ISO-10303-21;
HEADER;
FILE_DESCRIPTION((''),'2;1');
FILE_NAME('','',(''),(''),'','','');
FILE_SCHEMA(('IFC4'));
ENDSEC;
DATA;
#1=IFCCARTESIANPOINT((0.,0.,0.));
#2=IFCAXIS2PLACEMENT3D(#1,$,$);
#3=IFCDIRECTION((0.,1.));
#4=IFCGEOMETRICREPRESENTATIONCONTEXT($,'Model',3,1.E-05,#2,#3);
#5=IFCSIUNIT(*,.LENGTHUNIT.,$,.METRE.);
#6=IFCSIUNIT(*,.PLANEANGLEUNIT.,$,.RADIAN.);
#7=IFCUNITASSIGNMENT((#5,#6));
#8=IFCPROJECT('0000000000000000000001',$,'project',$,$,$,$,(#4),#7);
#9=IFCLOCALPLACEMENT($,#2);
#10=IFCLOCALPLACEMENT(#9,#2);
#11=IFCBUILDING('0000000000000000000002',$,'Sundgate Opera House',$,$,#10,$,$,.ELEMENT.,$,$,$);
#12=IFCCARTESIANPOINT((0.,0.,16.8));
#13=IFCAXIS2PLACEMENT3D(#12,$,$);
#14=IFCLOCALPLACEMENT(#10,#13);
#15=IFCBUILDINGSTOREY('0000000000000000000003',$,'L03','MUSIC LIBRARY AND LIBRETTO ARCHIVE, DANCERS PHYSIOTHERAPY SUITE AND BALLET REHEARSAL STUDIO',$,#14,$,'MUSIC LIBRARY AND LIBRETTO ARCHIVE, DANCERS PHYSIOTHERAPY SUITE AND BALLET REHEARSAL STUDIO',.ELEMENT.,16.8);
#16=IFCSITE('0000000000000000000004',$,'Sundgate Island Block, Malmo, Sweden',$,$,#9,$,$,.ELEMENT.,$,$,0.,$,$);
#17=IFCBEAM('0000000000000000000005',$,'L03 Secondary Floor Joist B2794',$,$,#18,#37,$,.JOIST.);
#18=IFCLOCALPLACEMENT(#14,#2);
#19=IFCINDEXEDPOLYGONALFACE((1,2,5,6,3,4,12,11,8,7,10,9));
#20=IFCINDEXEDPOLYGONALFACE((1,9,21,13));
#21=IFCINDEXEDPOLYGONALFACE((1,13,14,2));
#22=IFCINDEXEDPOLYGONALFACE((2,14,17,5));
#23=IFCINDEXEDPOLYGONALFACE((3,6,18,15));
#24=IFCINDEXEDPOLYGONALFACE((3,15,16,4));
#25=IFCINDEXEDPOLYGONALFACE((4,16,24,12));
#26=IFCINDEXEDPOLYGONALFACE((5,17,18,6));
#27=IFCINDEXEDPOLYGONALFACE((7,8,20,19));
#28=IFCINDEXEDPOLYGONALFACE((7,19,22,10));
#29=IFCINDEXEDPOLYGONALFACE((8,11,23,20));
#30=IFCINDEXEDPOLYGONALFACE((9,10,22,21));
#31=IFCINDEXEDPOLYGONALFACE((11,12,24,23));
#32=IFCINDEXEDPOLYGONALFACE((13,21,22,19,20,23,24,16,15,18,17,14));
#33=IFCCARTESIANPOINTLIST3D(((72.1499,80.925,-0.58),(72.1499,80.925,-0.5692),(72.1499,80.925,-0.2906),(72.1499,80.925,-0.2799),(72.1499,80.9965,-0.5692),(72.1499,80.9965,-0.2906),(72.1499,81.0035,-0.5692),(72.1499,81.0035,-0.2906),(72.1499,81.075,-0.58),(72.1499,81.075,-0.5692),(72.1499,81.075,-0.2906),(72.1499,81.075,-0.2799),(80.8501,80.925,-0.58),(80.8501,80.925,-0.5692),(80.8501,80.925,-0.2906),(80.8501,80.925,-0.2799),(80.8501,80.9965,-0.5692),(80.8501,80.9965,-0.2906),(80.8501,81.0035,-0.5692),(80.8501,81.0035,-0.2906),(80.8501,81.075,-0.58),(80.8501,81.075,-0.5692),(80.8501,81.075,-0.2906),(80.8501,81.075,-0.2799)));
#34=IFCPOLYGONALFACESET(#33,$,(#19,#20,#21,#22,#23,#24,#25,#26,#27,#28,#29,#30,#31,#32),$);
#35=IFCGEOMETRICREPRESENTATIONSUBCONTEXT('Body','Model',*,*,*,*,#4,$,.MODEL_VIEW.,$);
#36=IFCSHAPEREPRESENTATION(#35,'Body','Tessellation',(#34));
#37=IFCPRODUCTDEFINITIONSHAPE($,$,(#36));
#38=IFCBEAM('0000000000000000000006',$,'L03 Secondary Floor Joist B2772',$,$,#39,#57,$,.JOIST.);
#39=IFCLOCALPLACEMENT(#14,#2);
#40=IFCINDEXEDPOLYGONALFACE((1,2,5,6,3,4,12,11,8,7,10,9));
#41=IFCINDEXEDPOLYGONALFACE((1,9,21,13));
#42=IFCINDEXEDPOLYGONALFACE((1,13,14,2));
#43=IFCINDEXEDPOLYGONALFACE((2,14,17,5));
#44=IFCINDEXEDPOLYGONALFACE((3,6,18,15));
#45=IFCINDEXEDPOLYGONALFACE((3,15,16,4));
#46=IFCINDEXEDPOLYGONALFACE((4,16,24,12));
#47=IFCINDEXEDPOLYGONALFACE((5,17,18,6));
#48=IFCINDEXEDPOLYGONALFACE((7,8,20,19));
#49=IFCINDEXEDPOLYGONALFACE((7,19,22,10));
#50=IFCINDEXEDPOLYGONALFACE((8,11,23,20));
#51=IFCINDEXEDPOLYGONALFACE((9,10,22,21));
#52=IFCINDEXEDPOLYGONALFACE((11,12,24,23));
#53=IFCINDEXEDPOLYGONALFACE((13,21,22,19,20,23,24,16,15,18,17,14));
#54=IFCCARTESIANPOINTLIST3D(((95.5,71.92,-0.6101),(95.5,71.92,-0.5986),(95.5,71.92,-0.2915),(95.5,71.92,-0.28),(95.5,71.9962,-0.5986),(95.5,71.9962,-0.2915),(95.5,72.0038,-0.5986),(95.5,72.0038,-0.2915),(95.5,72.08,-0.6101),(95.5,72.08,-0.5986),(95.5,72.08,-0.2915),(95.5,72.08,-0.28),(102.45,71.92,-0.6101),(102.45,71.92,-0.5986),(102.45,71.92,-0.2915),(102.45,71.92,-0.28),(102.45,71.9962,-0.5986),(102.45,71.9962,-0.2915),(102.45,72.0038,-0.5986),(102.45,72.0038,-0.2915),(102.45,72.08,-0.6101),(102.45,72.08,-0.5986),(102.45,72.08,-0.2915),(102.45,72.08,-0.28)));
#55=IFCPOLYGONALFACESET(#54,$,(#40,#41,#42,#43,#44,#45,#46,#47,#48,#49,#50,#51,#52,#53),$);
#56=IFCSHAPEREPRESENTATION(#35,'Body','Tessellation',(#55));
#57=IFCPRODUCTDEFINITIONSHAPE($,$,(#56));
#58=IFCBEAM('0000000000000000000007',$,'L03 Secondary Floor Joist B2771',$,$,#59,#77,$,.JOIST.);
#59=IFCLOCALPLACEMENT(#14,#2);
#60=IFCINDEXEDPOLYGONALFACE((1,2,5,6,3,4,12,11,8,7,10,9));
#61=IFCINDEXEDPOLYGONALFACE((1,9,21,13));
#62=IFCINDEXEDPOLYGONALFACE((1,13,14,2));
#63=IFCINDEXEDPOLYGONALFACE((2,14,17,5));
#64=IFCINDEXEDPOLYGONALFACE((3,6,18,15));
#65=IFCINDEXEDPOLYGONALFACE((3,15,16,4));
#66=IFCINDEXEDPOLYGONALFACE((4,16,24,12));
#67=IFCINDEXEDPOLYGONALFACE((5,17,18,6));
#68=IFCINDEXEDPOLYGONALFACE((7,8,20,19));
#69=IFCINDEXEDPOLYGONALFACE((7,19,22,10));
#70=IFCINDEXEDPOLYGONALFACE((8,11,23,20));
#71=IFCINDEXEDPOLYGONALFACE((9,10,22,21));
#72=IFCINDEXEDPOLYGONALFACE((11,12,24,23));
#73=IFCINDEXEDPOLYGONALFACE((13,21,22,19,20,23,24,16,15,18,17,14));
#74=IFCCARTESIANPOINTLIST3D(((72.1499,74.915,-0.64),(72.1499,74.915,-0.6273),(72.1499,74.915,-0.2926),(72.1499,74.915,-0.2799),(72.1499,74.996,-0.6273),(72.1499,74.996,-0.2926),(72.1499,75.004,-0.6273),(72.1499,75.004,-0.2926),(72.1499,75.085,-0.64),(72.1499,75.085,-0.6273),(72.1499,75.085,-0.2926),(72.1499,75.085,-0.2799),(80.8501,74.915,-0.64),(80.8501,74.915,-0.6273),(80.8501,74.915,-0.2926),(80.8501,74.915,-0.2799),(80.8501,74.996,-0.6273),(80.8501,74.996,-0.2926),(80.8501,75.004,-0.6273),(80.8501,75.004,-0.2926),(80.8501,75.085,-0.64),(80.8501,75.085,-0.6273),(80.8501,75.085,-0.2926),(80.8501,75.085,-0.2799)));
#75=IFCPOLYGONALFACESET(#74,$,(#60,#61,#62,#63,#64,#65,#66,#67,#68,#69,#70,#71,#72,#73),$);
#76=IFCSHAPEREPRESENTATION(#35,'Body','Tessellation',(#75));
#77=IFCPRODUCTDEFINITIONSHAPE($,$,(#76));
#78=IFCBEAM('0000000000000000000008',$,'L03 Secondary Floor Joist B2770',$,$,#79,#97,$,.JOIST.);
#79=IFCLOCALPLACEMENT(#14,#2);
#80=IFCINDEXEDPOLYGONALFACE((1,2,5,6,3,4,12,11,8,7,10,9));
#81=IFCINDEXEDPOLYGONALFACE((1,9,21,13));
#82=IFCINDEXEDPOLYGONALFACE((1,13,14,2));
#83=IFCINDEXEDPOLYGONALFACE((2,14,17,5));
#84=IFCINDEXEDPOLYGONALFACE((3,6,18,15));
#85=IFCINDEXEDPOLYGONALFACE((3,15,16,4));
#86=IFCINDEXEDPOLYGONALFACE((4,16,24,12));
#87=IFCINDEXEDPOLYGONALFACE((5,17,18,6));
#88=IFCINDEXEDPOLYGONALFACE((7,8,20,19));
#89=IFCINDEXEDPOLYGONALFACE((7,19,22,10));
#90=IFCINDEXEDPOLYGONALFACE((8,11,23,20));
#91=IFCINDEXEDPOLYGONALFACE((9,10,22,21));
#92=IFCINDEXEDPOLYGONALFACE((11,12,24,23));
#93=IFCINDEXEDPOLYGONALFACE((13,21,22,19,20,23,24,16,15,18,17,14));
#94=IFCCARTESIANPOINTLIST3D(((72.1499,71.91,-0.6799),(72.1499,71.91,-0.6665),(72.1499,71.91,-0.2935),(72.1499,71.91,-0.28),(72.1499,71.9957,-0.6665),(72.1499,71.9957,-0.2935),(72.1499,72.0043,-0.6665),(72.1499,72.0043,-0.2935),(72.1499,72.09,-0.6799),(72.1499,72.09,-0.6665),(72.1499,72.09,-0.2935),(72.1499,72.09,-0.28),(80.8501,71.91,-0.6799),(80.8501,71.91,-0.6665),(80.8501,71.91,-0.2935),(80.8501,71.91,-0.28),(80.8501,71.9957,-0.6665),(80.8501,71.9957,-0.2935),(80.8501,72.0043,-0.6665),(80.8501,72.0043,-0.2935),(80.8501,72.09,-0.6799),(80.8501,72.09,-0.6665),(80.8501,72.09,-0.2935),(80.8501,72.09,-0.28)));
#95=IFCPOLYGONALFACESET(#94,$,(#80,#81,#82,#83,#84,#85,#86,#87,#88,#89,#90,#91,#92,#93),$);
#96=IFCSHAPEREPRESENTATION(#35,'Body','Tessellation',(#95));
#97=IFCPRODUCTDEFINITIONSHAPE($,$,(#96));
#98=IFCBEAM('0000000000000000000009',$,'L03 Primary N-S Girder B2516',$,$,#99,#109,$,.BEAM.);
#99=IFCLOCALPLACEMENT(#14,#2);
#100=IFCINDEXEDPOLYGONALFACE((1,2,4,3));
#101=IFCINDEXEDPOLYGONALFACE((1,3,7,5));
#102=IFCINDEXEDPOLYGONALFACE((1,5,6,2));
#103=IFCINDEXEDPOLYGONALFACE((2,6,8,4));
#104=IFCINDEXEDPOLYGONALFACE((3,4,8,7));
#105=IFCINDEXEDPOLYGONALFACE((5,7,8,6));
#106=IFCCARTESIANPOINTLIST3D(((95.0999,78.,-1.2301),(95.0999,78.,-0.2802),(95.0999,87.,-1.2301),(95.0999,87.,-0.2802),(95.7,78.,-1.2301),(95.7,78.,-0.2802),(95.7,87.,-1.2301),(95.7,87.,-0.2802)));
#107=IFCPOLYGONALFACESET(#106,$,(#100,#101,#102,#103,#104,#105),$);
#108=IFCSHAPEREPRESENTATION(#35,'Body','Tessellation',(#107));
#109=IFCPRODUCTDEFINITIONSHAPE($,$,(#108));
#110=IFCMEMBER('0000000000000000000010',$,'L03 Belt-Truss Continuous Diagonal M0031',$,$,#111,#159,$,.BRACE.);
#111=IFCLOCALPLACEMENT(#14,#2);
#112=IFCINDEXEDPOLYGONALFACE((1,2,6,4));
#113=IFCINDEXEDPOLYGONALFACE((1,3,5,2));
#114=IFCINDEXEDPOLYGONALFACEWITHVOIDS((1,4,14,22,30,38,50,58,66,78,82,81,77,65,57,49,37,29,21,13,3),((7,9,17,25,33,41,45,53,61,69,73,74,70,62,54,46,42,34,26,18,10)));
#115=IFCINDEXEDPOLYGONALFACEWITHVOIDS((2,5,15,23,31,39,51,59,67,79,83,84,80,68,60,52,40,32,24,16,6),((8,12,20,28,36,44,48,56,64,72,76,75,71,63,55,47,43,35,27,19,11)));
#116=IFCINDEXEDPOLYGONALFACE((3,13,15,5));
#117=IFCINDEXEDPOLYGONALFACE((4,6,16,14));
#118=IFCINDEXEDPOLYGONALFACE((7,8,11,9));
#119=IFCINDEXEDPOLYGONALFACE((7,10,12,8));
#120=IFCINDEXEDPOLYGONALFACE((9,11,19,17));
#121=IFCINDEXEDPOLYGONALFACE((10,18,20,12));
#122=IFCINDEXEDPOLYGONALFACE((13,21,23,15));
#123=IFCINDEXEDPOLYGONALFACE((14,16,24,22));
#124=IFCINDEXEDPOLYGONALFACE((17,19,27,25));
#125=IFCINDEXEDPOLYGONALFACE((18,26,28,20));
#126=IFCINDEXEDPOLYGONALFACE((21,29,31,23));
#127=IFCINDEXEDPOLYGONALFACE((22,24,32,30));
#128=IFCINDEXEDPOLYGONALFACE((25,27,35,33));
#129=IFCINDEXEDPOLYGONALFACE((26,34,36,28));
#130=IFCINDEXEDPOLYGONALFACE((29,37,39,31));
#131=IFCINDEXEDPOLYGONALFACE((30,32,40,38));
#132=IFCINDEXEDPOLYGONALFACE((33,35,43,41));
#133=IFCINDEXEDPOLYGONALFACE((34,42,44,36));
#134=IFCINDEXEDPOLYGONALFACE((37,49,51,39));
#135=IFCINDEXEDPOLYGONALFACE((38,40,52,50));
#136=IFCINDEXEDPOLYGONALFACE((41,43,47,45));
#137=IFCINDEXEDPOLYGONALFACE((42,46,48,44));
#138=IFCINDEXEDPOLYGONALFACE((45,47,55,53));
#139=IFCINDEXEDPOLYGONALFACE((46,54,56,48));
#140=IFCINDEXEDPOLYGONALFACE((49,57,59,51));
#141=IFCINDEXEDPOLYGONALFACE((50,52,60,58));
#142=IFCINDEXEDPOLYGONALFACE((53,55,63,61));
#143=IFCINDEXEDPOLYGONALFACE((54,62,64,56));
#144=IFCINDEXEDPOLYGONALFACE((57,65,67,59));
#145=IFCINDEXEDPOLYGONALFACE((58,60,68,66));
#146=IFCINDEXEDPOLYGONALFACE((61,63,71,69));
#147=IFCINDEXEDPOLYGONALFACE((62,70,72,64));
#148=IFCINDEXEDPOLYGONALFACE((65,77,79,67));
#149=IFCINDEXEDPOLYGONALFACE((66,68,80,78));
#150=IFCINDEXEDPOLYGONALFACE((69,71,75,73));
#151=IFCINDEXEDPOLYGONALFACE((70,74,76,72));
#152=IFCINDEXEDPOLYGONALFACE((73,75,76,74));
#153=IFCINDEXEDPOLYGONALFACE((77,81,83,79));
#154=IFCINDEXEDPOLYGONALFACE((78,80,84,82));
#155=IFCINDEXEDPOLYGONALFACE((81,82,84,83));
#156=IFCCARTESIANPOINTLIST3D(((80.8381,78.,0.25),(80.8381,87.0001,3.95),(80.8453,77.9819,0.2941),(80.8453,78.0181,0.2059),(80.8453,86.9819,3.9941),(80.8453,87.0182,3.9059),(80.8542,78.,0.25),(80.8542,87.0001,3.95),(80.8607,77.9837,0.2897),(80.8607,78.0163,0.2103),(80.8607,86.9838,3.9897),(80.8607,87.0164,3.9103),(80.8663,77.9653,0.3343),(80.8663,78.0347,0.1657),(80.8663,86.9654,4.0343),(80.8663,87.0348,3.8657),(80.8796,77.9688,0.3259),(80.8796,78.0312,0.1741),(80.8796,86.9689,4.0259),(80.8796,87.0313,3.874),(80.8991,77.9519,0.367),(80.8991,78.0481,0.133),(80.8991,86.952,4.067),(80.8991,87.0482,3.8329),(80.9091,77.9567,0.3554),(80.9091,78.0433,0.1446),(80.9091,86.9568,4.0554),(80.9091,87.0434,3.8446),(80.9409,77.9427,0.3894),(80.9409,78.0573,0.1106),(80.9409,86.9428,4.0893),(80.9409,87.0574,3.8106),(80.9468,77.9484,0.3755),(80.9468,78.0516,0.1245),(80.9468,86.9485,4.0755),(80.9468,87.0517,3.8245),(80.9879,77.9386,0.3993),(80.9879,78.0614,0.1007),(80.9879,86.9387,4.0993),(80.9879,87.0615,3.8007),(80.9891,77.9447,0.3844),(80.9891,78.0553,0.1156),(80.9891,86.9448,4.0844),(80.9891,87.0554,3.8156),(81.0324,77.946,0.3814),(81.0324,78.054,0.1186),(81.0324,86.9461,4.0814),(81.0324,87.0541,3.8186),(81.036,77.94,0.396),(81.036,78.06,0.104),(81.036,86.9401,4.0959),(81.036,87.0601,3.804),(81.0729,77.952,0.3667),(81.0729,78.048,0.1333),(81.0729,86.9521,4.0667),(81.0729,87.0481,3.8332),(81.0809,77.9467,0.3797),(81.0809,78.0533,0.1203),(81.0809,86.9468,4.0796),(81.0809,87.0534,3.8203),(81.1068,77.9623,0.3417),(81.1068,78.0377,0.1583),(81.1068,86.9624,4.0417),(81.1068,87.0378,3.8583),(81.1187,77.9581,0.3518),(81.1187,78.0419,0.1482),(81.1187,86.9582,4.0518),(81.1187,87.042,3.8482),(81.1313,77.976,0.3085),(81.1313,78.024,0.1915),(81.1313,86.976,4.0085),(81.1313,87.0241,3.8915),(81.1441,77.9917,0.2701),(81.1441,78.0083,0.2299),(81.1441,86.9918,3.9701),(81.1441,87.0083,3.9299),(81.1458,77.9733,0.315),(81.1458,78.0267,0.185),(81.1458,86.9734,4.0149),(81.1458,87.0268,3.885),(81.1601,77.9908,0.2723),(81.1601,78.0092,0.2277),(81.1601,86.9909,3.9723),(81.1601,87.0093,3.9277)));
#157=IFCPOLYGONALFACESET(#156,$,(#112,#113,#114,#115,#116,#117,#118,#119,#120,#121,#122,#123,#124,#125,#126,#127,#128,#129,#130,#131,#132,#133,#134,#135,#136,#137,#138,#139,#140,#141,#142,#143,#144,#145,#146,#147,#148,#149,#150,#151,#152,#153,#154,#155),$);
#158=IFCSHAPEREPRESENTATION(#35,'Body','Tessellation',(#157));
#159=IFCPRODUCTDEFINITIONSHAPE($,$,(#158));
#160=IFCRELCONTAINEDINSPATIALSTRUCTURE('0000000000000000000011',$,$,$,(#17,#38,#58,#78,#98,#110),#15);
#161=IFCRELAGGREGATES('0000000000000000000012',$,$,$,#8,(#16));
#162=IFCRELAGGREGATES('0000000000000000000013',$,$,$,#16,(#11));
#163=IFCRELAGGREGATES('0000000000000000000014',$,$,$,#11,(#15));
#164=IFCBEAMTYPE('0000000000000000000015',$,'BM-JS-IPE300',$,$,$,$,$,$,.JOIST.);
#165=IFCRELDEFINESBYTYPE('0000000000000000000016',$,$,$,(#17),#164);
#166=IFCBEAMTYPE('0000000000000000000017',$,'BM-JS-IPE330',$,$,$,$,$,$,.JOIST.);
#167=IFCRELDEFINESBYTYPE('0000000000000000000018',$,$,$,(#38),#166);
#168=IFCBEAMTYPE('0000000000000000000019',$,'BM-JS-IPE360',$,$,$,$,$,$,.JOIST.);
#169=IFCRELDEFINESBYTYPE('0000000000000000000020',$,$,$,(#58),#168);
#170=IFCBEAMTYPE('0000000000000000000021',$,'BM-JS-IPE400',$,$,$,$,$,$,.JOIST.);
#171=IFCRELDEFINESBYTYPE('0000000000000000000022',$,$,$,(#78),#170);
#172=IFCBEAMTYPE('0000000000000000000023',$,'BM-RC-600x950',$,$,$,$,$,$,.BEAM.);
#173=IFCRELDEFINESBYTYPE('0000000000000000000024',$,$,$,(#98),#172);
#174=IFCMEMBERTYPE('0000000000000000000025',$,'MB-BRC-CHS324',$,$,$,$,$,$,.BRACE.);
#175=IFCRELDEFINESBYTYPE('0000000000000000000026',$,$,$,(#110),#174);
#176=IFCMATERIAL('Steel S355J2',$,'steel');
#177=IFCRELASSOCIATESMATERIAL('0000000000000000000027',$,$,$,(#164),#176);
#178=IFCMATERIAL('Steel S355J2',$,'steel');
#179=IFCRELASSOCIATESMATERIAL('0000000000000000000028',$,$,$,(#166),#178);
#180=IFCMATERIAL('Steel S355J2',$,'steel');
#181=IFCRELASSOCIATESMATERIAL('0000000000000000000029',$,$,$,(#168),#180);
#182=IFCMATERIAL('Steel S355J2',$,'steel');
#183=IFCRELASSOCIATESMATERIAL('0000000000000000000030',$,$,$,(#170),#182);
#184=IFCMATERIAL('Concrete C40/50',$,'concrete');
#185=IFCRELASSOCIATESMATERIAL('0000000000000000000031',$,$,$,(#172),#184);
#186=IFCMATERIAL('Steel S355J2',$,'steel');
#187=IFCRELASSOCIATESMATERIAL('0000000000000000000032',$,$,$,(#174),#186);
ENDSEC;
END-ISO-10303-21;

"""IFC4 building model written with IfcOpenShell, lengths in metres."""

from ifc_helpers import new_model, si_unit, direction, frame, origin, origin_2d, place, context, subcontext, project, spatial, rectangle, hollow_circle, i_section, extrude, material, material_profile, profile_set, type_object, element, save


model = new_model("IFC4")

# Units and contexts
model_context = context("Model", 3, precision=1e-05, world=origin(), true_north=direction((0.0, 1.0)))
body_context = subcontext(model_context, "Body", "Model", "MODEL_VIEW")
ifc_project = project(units=[si_unit("LENGTHUNIT", "METRE"), si_unit("PLANEANGLEUNIT", "RADIAN")], contexts=[model_context])

# Site, building, storey
site_placement = place(None, origin())
site = spatial("IfcSite", under=ifc_project, at=site_placement, Name="Sundgate Island Block, Malmo, Sweden", CompositionType="ELEMENT", RefElevation=0.0)
building_placement = place(site_placement, origin())
building = spatial("IfcBuilding", under=site, at=building_placement, Name="Sundgate Opera House", CompositionType="ELEMENT")
storey_placement = place(building_placement, frame((0.0, 0.0, 16.8)))
storey = spatial("IfcBuildingStorey", under=building, at=storey_placement, Name="L03", Description="MUSIC LIBRARY AND LIBRETTO ARCHIVE, DANCERS PHYSIOTHERAPY SUITE AND BALLET REHEARSAL STUDIO", LongName="MUSIC LIBRARY AND LIBRETTO ARCHIVE, DANCERS PHYSIOTHERAPY SUITE AND BALLET REHEARSAL STUDIO", CompositionType="ELEMENT", Elevation=16.8)

# Beams
ifc_material_1 = material(Name="Steel S355J2", Category="steel")
ifc_material_profile_1 = material_profile(ifc_material_1, i_section(OverallWidth=0.1499, OverallDepth=0.3, WebThickness=0.0071, FlangeThickness=0.0107, at=origin_2d()), Name="IPE 300")
ifc_profile_set_1 = profile_set([ifc_material_profile_1], Name="Steel S355J2")
beam_type_1 = type_object("IfcBeamType", Name="BM-JS-IPE300", PredefinedType="JOIST", material=ifc_profile_set_1)
beam_1_placement = place(storey_placement, frame((72.1499, 81.0, -0.4299), z_axis=(1.0, 0.0, 0.0), x_axis=(0.0, 1.0, 0.0)))
element("IfcBeam", 1, at=beam_1_placement, inside=storey, type_object=beam_type_1, Name="L03 Secondary Floor Joist B2794", PredefinedType="JOIST", context=body_context, shape_type="SweptSolid", body=[
    extrude(i_section(OverallWidth=0.1499, OverallDepth=0.3, WebThickness=0.0071, FlangeThickness=0.0107, at=origin_2d()), origin(), (0.0, 0.0, 1.0), 8.7002),
])
ifc_material_2 = material(Name="Steel S355J2", Category="steel")
ifc_material_profile_2 = material_profile(ifc_material_2, i_section(OverallWidth=0.1599, OverallDepth=0.3301, WebThickness=0.0076, FlangeThickness=0.0115, at=origin_2d()), Name="IPE 330")
ifc_profile_set_2 = profile_set([ifc_material_profile_2], Name="Steel S355J2")
beam_type_2 = type_object("IfcBeamType", Name="BM-JS-IPE330", PredefinedType="JOIST", material=ifc_profile_set_2)
beam_2_placement = place(storey_placement, frame((95.5, 72.0, -0.4451), z_axis=(1.0, 0.0, 0.0), x_axis=(0.0, 1.0, 0.0)))
element("IfcBeam", 2, at=beam_2_placement, inside=storey, type_object=beam_type_2, Name="L03 Secondary Floor Joist B2772", PredefinedType="JOIST", context=body_context, shape_type="SweptSolid", body=[
    extrude(i_section(OverallWidth=0.1599, OverallDepth=0.3301, WebThickness=0.0076, FlangeThickness=0.0115, at=origin_2d()), origin(), (0.0, 0.0, 1.0), 6.95),
])
ifc_material_3 = material(Name="Steel S355J2", Category="steel")
ifc_material_profile_3 = material_profile(ifc_material_3, i_section(OverallWidth=0.1699, OverallDepth=0.3601, WebThickness=0.0081, FlangeThickness=0.0127, at=origin_2d()), Name="IPE 360")
ifc_profile_set_3 = profile_set([ifc_material_profile_3], Name="Steel S355J2")
beam_type_3 = type_object("IfcBeamType", Name="BM-JS-IPE360", PredefinedType="JOIST", material=ifc_profile_set_3)
beam_3_placement = place(storey_placement, frame((72.1499, 75.0, -0.46), z_axis=(1.0, 0.0, 0.0), x_axis=(0.0, 1.0, 0.0)))
element("IfcBeam", 3, at=beam_3_placement, inside=storey, type_object=beam_type_3, Name="L03 Secondary Floor Joist B2771", PredefinedType="JOIST", context=body_context, shape_type="SweptSolid", body=[
    extrude(i_section(OverallWidth=0.1699, OverallDepth=0.3601, WebThickness=0.0081, FlangeThickness=0.0127, at=origin_2d()), origin(), (0.0, 0.0, 1.0), 8.7002),
])
ifc_material_4 = material(Name="Steel S355J2", Category="steel")
ifc_material_profile_4 = material_profile(ifc_material_4, i_section(OverallWidth=0.1799, OverallDepth=0.3999, WebThickness=0.0085, FlangeThickness=0.0134, at=origin_2d()), Name="IPE 400")
ifc_profile_set_4 = profile_set([ifc_material_profile_4], Name="Steel S355J2")
beam_type_4 = type_object("IfcBeamType", Name="BM-JS-IPE400", PredefinedType="JOIST", material=ifc_profile_set_4)
beam_4_placement = place(storey_placement, frame((72.1499, 72.0, -0.48), z_axis=(1.0, 0.0, 0.0), x_axis=(0.0, 1.0, 0.0)))
element("IfcBeam", 4, at=beam_4_placement, inside=storey, type_object=beam_type_4, Name="L03 Secondary Floor Joist B2770", PredefinedType="JOIST", context=body_context, shape_type="SweptSolid", body=[
    extrude(i_section(OverallWidth=0.1799, OverallDepth=0.3999, WebThickness=0.0085, FlangeThickness=0.0134, at=origin_2d()), origin(), (0.0, 0.0, 1.0), 8.7002),
])
ifc_material_5 = material(Name="Concrete C40/50", Category="concrete")
ifc_material_profile_5 = material_profile(ifc_material_5, rectangle(XDim=0.6001, YDim=0.95, at=origin_2d()), Name="RC 600x950")
ifc_profile_set_5 = profile_set([ifc_material_profile_5], Name="Concrete C40/50")
beam_type_5 = type_object("IfcBeamType", Name="BM-RC-600x950", PredefinedType="BEAM", material=ifc_profile_set_5)
beam_5_placement = place(storey_placement, frame((95.3999, 78.0, -0.7551), z_axis=(0.0, 1.0, 0.0), x_axis=(-1.0, 0.0, 0.0)))
element("IfcBeam", 5, at=beam_5_placement, inside=storey, type_object=beam_type_5, Name="L03 Primary N-S Girder B2516", PredefinedType="BEAM", context=body_context, shape_type="SweptSolid", body=[
    extrude(rectangle(XDim=0.6001, YDim=0.95, at=origin_2d()), origin(), (0.0, 0.0, 1.0), 9.0),
])

# Member
ifc_material_6 = material(Name="Steel S355J2", Category="steel")
ifc_material_profile_6 = material_profile(ifc_material_6, hollow_circle(Radius=0.1619, WallThickness=0.0161, at=origin_2d()), Name="CHS 323.9x16.0")
ifc_profile_set_6 = profile_set([ifc_material_profile_6], Name="Steel S355J2")
member_type = type_object("IfcMemberType", Name="MB-BRC-CHS324", PredefinedType="BRACE", material=ifc_profile_set_6)
member_1_placement = place(storey_placement, frame((81.0, 78.0, 0.25), z_axis=(0.0, 0.924893, 0.380229), x_axis=(-1.0, 0.0, 0.0)))
element("IfcMember", 6, at=member_1_placement, inside=storey, type_object=member_type, Name="L03 Belt-Truss Continuous Diagonal M0031", PredefinedType="BRACE", context=body_context, shape_type="SweptSolid", body=[
    extrude(hollow_circle(Radius=0.1619, WallThickness=0.0161, at=origin_2d()), origin(), (0.0, 0.0, 1.0), 9.731),
])

save(model, "model.ifc")
